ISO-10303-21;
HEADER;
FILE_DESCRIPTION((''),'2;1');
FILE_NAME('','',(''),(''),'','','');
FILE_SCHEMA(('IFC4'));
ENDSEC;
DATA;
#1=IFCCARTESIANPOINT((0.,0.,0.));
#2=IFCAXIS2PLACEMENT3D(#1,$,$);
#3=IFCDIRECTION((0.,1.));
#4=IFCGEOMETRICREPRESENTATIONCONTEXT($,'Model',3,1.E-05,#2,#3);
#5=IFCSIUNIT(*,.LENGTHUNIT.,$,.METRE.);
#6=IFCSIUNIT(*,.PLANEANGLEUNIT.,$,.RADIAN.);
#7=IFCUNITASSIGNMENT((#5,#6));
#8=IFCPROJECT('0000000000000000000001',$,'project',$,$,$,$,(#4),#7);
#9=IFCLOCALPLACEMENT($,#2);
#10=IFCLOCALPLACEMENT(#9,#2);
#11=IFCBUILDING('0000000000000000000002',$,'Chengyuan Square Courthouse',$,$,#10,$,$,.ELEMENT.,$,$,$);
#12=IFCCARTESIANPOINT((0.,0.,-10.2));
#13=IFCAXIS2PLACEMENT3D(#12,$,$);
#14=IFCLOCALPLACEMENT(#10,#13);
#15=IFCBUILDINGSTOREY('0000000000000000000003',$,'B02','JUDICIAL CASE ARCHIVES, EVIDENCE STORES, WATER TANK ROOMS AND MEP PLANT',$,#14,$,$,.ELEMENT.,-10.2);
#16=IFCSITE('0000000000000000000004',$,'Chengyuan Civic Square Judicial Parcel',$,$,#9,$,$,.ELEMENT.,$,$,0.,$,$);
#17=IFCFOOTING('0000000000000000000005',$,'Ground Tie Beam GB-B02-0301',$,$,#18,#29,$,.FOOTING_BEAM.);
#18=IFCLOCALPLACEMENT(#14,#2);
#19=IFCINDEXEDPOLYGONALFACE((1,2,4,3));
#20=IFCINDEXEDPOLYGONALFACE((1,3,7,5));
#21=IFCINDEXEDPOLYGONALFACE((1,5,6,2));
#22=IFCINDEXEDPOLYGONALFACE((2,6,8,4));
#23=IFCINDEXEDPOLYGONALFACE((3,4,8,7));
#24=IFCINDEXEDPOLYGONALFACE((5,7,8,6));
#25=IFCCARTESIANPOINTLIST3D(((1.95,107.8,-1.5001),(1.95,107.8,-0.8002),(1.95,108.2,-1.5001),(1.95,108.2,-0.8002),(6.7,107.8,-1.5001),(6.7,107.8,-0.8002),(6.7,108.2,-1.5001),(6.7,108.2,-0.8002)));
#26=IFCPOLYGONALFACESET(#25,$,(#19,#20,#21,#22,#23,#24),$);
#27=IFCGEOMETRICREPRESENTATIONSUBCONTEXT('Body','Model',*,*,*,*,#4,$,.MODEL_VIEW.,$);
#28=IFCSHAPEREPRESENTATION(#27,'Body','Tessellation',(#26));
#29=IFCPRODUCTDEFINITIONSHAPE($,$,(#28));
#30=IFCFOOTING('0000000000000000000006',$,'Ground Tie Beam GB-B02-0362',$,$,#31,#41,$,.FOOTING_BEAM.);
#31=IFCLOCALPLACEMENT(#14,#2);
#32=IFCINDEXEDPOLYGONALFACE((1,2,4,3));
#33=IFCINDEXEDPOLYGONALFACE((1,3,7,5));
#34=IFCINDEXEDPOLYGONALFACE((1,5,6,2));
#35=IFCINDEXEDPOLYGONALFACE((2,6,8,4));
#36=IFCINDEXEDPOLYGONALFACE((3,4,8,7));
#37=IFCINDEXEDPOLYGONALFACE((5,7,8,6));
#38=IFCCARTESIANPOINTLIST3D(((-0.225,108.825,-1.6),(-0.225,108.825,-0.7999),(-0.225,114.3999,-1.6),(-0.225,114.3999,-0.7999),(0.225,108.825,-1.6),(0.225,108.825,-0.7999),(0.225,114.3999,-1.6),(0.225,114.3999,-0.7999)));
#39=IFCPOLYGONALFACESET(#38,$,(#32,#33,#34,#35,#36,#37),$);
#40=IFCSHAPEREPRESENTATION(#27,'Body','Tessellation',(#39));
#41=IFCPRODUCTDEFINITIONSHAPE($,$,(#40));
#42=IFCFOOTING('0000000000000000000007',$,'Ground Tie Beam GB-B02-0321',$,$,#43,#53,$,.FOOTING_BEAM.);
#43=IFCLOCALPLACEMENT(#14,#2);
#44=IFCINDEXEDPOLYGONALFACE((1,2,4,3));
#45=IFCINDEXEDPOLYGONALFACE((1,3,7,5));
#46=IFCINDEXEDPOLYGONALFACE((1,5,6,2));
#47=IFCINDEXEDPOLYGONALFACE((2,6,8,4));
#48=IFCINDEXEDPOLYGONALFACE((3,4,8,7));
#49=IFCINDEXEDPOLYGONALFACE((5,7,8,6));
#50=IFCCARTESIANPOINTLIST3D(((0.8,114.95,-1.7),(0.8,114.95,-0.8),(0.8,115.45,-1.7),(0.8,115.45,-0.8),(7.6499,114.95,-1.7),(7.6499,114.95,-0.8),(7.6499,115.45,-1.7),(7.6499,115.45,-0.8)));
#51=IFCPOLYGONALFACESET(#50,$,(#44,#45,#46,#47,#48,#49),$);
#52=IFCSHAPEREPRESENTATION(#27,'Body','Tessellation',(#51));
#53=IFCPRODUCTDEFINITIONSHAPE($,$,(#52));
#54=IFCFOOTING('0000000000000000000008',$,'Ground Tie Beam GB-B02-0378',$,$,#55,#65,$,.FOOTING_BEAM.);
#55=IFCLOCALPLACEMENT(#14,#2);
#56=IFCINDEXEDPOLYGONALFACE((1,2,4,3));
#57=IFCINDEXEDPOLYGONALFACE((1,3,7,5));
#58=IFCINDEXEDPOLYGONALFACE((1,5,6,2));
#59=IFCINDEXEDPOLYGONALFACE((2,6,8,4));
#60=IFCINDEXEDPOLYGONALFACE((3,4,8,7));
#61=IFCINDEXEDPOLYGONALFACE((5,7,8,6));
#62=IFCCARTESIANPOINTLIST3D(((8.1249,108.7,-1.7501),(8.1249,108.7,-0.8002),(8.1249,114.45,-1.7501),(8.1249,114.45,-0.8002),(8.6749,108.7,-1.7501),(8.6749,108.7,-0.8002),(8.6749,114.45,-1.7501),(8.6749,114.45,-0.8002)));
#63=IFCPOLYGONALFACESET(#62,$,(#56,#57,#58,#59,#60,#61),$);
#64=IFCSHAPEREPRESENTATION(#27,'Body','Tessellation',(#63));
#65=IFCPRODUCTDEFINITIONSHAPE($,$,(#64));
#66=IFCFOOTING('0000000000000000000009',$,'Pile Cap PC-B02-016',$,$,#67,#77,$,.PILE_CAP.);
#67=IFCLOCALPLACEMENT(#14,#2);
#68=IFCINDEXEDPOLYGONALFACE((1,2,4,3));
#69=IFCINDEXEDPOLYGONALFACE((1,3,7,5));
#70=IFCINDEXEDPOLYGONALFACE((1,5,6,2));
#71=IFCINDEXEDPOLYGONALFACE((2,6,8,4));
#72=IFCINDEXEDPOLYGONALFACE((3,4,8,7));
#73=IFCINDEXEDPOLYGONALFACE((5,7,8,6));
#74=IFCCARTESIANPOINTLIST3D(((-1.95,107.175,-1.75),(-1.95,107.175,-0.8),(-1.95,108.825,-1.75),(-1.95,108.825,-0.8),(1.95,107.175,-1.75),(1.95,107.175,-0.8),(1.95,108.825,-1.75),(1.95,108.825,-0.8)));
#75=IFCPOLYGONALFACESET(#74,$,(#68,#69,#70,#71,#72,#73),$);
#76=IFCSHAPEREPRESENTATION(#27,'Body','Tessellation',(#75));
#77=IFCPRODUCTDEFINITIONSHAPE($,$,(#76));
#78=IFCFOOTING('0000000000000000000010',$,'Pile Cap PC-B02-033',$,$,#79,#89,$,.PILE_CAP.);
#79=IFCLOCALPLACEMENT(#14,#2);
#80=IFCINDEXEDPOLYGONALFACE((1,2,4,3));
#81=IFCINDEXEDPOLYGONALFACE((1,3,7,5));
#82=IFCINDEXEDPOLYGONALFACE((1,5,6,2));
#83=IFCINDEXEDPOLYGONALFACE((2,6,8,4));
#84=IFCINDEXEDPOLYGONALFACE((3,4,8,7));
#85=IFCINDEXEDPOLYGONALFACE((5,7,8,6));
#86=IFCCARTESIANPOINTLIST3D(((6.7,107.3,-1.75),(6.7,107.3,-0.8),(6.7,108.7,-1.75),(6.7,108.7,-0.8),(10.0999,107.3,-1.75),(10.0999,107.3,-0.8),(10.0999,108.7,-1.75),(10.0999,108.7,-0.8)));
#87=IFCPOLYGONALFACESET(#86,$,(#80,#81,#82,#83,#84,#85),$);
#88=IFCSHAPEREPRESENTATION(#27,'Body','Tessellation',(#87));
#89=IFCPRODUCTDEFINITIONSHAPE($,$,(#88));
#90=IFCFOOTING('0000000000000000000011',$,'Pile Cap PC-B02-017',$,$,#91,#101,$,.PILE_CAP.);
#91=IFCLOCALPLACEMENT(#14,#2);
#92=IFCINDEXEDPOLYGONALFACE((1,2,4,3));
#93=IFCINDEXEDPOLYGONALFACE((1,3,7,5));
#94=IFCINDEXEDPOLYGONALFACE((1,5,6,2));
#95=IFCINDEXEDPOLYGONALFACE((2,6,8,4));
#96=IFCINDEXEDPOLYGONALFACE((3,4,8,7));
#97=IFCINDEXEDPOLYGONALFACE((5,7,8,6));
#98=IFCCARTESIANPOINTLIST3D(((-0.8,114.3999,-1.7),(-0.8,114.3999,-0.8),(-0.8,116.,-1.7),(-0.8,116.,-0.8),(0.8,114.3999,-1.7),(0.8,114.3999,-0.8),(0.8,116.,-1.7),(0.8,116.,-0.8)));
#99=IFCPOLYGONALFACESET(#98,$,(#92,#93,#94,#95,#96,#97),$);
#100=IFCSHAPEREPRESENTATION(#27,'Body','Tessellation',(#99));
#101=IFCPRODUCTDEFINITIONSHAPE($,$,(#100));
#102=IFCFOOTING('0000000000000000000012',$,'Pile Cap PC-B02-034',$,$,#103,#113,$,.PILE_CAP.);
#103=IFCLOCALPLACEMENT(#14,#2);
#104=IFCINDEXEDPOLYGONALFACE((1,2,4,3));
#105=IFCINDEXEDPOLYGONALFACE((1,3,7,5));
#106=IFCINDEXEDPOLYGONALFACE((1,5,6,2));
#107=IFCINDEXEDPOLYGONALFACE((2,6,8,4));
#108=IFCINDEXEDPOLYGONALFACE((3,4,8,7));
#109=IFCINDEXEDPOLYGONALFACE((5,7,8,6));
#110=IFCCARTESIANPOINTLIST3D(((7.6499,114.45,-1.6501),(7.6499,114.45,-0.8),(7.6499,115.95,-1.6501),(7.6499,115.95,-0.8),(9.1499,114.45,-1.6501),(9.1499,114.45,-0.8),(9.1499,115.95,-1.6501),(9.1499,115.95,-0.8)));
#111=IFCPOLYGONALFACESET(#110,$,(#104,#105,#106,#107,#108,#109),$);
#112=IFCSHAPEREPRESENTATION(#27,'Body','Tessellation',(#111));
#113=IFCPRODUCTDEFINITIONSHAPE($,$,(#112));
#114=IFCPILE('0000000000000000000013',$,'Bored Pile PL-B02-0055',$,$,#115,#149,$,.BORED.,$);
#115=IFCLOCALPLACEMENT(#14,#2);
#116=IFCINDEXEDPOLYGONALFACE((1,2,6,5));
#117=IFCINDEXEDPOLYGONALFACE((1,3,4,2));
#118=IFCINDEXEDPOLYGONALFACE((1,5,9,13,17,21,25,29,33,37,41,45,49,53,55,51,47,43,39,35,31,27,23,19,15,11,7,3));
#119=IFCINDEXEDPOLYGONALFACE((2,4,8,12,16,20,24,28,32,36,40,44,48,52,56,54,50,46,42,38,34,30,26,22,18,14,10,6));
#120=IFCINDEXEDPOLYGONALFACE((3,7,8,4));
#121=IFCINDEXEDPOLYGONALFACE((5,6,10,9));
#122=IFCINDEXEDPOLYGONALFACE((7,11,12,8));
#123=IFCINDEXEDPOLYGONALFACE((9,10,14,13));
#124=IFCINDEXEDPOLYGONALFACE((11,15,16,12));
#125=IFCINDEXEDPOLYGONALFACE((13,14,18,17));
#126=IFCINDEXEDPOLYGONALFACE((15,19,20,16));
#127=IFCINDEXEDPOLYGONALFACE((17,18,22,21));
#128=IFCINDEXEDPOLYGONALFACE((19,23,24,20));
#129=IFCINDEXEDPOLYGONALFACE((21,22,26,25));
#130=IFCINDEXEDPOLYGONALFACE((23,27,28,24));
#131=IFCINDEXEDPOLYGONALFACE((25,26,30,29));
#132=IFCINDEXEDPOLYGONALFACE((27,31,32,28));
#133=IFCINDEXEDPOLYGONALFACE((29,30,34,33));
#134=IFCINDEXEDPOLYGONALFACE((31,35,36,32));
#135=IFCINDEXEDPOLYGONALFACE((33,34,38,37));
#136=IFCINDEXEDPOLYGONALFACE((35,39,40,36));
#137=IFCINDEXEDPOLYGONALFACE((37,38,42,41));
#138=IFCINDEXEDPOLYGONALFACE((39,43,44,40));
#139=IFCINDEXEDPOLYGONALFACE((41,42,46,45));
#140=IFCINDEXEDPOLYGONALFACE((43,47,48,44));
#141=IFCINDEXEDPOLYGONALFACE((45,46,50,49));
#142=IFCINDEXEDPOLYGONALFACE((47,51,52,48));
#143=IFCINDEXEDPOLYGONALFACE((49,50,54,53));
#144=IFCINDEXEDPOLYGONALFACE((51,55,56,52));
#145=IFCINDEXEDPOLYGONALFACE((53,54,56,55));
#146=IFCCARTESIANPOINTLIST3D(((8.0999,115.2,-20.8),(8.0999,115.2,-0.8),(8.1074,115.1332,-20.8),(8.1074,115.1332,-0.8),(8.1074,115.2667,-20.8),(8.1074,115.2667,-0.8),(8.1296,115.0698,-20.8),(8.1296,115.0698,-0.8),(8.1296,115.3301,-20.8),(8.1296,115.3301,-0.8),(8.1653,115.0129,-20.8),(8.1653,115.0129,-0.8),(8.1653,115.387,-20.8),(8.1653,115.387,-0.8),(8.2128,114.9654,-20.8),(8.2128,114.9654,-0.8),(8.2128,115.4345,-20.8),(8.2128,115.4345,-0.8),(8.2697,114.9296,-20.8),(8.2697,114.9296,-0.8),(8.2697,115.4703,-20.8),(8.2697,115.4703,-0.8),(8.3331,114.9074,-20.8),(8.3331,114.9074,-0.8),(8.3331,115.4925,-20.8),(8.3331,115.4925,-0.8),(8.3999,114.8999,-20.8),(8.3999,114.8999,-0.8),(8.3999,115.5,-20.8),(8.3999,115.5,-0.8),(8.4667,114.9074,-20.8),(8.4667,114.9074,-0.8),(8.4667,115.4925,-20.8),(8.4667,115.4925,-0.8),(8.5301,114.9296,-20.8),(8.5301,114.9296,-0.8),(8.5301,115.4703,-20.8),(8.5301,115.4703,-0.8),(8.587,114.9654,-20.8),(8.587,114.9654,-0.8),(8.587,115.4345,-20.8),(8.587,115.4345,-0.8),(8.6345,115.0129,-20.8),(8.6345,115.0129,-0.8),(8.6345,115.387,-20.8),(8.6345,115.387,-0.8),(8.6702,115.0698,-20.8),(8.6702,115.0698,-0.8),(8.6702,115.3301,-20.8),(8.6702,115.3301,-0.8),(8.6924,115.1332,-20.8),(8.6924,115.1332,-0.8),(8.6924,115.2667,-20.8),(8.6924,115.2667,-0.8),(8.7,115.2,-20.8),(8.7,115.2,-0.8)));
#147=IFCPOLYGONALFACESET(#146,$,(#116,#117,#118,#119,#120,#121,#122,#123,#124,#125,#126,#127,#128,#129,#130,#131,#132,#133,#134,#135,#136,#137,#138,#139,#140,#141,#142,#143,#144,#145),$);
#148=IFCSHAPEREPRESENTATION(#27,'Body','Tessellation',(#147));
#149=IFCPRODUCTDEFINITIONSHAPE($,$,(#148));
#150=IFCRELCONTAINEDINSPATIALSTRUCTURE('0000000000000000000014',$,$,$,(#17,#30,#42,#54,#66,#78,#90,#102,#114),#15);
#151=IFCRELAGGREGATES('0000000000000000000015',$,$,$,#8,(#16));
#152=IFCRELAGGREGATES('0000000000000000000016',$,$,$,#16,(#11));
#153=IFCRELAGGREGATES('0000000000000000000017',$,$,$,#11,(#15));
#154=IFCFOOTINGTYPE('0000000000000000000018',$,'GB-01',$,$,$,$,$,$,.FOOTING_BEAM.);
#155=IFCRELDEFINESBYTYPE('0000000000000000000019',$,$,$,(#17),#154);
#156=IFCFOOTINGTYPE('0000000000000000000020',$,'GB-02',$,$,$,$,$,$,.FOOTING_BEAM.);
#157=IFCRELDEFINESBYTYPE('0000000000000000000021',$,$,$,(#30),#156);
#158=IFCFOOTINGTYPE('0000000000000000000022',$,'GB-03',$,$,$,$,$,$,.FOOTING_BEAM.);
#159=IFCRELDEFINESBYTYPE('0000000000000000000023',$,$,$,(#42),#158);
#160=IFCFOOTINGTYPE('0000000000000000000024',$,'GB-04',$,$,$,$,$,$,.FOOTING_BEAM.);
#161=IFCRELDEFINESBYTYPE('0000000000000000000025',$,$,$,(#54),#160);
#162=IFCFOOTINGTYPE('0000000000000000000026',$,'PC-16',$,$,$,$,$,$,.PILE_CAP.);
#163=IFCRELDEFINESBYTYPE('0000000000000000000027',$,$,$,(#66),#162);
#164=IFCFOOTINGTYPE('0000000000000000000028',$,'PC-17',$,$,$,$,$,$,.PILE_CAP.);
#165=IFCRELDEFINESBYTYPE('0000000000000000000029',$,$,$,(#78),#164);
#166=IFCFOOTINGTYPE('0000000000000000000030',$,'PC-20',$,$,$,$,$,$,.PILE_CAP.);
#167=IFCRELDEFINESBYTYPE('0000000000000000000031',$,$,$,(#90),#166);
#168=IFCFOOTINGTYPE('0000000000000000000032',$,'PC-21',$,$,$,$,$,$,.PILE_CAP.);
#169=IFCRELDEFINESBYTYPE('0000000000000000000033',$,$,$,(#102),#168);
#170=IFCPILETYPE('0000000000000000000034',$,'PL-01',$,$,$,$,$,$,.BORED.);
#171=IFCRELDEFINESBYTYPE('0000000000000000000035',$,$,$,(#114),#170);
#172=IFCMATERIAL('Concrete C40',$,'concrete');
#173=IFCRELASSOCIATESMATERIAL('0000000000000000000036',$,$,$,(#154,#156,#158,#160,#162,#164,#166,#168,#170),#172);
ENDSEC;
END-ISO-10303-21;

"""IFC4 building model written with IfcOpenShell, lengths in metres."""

from ifc_helpers import new_model, si_unit, direction, frame, origin, origin_2d, place, context, subcontext, project, spatial, rectangle, circle, extrude, material, material_profile, profile_set, type_object, element, save


model = new_model("IFC4")

# Units and contexts
model_context = context("Model", 3, precision=1e-05, world=origin(), true_north=direction((0.0, 1.0)))
body_context = subcontext(model_context, "Body", "Model", "MODEL_VIEW")
ifc_project = project(units=[si_unit("LENGTHUNIT", "METRE"), si_unit("PLANEANGLEUNIT", "RADIAN")], contexts=[model_context])

# Site, building, storey
site_placement = place(None, origin())
site = spatial("IfcSite", under=ifc_project, at=site_placement, Name="Chengyuan Civic Square Judicial Parcel", CompositionType="ELEMENT", RefElevation=0.0)
building_placement = place(site_placement, origin())
building = spatial("IfcBuilding", under=site, at=building_placement, Name="Chengyuan Square Courthouse", CompositionType="ELEMENT")
storey_placement = place(building_placement, frame((0.0, 0.0, -10.2)))
storey = spatial("IfcBuildingStorey", under=building, at=storey_placement, Name="B02", Description="JUDICIAL CASE ARCHIVES, EVIDENCE STORES, WATER TANK ROOMS AND MEP PLANT", CompositionType="ELEMENT", Elevation=-10.2)

# Footings
ifc_material_1 = material(Name="Concrete C40", Category="concrete")
ifc_material_profile_1 = material_profile(ifc_material_1, rectangle(XDim=0.3999, YDim=0.7, at=origin_2d()), Name="GB-400x700")
ifc_profile_set_1 = profile_set([ifc_material_profile_1], Name="Concrete C40")
footing_type_1 = type_object("IfcFootingType", Name="GB-01", PredefinedType="FOOTING_BEAM", material=ifc_profile_set_1)
footing_1_placement = place(storey_placement, frame((1.95, 108.0, -1.1501), z_axis=(1.0, 0.0, 0.0), x_axis=(0.0, 1.0, 0.0)))
element("IfcFooting", 1, at=footing_1_placement, inside=storey, type_object=footing_type_1, Name="Ground Tie Beam GB-B02-0301", PredefinedType="FOOTING_BEAM", context=body_context, shape_type="SweptSolid", body=[
    extrude(rectangle(XDim=0.3999, YDim=0.7, at=origin_2d()), origin(), (0.0, 0.0, 1.0), 4.75),
])
ifc_material_profile_2 = material_profile(ifc_material_1, rectangle(XDim=0.45, YDim=0.8, at=origin_2d()), Name="GB-450x800")
ifc_profile_set_2 = profile_set([ifc_material_profile_2], Name="Concrete C40")
footing_type_2 = type_object("IfcFootingType", Name="GB-02", PredefinedType="FOOTING_BEAM", material=ifc_profile_set_2)
footing_2_placement = place(storey_placement, frame((0.0, 108.825, -1.2), z_axis=(0.0, 1.0, 0.0), x_axis=(-1.0, 0.0, 0.0)))
element("IfcFooting", 2, at=footing_2_placement, inside=storey, type_object=footing_type_2, Name="Ground Tie Beam GB-B02-0362", PredefinedType="FOOTING_BEAM", context=body_context, shape_type="SweptSolid", body=[
    extrude(rectangle(XDim=0.45, YDim=0.8, at=origin_2d()), origin(), (0.0, 0.0, 1.0), 5.575),
])
ifc_material_profile_3 = material_profile(ifc_material_1, rectangle(XDim=0.5, YDim=0.8999, at=origin_2d()), Name="GB-500x900")
ifc_profile_set_3 = profile_set([ifc_material_profile_3], Name="Concrete C40")
footing_type_3 = type_object("IfcFootingType", Name="GB-03", PredefinedType="FOOTING_BEAM", material=ifc_profile_set_3)
footing_3_placement = place(storey_placement, frame((0.8, 115.2, -1.25), z_axis=(1.0, 0.0, 0.0), x_axis=(0.0, 1.0, 0.0)))
element("IfcFooting", 3, at=footing_3_placement, inside=storey, type_object=footing_type_3, Name="Ground Tie Beam GB-B02-0321", PredefinedType="FOOTING_BEAM", context=body_context, shape_type="SweptSolid", body=[
    extrude(rectangle(XDim=0.5, YDim=0.8999, at=origin_2d()), origin(), (0.0, 0.0, 1.0), 6.8499),
])
ifc_material_profile_4 = material_profile(ifc_material_1, rectangle(XDim=0.55, YDim=0.95, at=origin_2d()), Name="GB-550x950")
ifc_profile_set_4 = profile_set([ifc_material_profile_4], Name="Concrete C40")
footing_type_4 = type_object("IfcFootingType", Name="GB-04", PredefinedType="FOOTING_BEAM", material=ifc_profile_set_4)
footing_4_placement = place(storey_placement, frame((8.3999, 108.7, -1.2751), z_axis=(0.0, 1.0, 0.0), x_axis=(-1.0, 0.0, 0.0)))
element("IfcFooting", 4, at=footing_4_placement, inside=storey, type_object=footing_type_4, Name="Ground Tie Beam GB-B02-0378", PredefinedType="FOOTING_BEAM", context=body_context, shape_type="SweptSolid", body=[
    extrude(rectangle(XDim=0.55, YDim=0.95, at=origin_2d()), origin(), (0.0, 0.0, 1.0), 5.75),
])
footing_type_5 = type_object("IfcFootingType", Name="PC-16", PredefinedType="PILE_CAP", material=ifc_material_1)
footing_5_placement = place(storey_placement, frame((0.0, 108.0, -1.75), z_axis=(0.0, 0.0, 1.0), x_axis=(1.0, 0.0, 0.0)))
element("IfcFooting", 5, at=footing_5_placement, inside=storey, type_object=footing_type_5, Name="Pile Cap PC-B02-016", PredefinedType="PILE_CAP", context=body_context, shape_type="SweptSolid", body=[
    extrude(rectangle(XDim=3.8999, YDim=1.6499, at=origin_2d()), origin(), (0.0, 0.0, 1.0), 0.95),
])
footing_type_6 = type_object("IfcFootingType", Name="PC-17", PredefinedType="PILE_CAP", material=ifc_material_1)
footing_6_placement = place(storey_placement, frame((8.3999, 108.0, -1.75), z_axis=(0.0, 0.0, 1.0), x_axis=(1.0, 0.0, 0.0)))
element("IfcFooting", 6, at=footing_6_placement, inside=storey, type_object=footing_type_6, Name="Pile Cap PC-B02-033", PredefinedType="PILE_CAP", context=body_context, shape_type="SweptSolid", body=[
    extrude(rectangle(XDim=3.3999, YDim=1.3999, at=origin_2d()), origin(), (0.0, 0.0, 1.0), 0.95),
])
footing_type_7 = type_object("IfcFootingType", Name="PC-20", PredefinedType="PILE_CAP", material=ifc_material_1)
footing_7_placement = place(storey_placement, frame((0.0, 115.2, -1.7), z_axis=(0.0, 0.0, 1.0), x_axis=(1.0, 0.0, 0.0)))
element("IfcFooting", 7, at=footing_7_placement, inside=storey, type_object=footing_type_7, Name="Pile Cap PC-B02-017", PredefinedType="PILE_CAP", context=body_context, shape_type="SweptSolid", body=[
    extrude(rectangle(XDim=1.6001, YDim=1.6001, at=origin_2d()), origin(), (0.0, 0.0, 1.0), 0.8999),
])
footing_type_8 = type_object("IfcFootingType", Name="PC-21", PredefinedType="PILE_CAP", material=ifc_material_1)
footing_8_placement = place(storey_placement, frame((8.3999, 115.2, -1.6501), z_axis=(0.0, 0.0, 1.0), x_axis=(1.0, 0.0, 0.0)))
element("IfcFooting", 8, at=footing_8_placement, inside=storey, type_object=footing_type_8, Name="Pile Cap PC-B02-034", PredefinedType="PILE_CAP", context=body_context, shape_type="SweptSolid", body=[
    extrude(rectangle(XDim=1.5, YDim=1.5, at=origin_2d()), origin(), (0.0, 0.0, 1.0), 0.8501),
])

# Pile
ifc_material_profile_5 = material_profile(ifc_material_1, circle(Radius=0.3, at=origin_2d()), Name="BORED PILE D600")
ifc_profile_set_5 = profile_set([ifc_material_profile_5], Name="Concrete C40")
pile_type_1 = type_object("IfcPileType", Name="PL-01", PredefinedType="BORED", material=ifc_profile_set_5)
pile_placement = place(storey_placement, frame((8.3999, 115.2, -0.8), z_axis=(0.0, 0.0, -1.0), x_axis=(1.0, 0.0, 0.0)))
element("IfcPile", 9, at=pile_placement, inside=storey, type_object=pile_type_1, Name="Bored Pile PL-B02-0055", PredefinedType="BORED", context=body_context, shape_type="SweptSolid", body=[
    extrude(circle(Radius=0.3, at=origin_2d()), origin(), (0.0, 0.0, 1.0), 20.0),
])

save(model, "model.ifc")
